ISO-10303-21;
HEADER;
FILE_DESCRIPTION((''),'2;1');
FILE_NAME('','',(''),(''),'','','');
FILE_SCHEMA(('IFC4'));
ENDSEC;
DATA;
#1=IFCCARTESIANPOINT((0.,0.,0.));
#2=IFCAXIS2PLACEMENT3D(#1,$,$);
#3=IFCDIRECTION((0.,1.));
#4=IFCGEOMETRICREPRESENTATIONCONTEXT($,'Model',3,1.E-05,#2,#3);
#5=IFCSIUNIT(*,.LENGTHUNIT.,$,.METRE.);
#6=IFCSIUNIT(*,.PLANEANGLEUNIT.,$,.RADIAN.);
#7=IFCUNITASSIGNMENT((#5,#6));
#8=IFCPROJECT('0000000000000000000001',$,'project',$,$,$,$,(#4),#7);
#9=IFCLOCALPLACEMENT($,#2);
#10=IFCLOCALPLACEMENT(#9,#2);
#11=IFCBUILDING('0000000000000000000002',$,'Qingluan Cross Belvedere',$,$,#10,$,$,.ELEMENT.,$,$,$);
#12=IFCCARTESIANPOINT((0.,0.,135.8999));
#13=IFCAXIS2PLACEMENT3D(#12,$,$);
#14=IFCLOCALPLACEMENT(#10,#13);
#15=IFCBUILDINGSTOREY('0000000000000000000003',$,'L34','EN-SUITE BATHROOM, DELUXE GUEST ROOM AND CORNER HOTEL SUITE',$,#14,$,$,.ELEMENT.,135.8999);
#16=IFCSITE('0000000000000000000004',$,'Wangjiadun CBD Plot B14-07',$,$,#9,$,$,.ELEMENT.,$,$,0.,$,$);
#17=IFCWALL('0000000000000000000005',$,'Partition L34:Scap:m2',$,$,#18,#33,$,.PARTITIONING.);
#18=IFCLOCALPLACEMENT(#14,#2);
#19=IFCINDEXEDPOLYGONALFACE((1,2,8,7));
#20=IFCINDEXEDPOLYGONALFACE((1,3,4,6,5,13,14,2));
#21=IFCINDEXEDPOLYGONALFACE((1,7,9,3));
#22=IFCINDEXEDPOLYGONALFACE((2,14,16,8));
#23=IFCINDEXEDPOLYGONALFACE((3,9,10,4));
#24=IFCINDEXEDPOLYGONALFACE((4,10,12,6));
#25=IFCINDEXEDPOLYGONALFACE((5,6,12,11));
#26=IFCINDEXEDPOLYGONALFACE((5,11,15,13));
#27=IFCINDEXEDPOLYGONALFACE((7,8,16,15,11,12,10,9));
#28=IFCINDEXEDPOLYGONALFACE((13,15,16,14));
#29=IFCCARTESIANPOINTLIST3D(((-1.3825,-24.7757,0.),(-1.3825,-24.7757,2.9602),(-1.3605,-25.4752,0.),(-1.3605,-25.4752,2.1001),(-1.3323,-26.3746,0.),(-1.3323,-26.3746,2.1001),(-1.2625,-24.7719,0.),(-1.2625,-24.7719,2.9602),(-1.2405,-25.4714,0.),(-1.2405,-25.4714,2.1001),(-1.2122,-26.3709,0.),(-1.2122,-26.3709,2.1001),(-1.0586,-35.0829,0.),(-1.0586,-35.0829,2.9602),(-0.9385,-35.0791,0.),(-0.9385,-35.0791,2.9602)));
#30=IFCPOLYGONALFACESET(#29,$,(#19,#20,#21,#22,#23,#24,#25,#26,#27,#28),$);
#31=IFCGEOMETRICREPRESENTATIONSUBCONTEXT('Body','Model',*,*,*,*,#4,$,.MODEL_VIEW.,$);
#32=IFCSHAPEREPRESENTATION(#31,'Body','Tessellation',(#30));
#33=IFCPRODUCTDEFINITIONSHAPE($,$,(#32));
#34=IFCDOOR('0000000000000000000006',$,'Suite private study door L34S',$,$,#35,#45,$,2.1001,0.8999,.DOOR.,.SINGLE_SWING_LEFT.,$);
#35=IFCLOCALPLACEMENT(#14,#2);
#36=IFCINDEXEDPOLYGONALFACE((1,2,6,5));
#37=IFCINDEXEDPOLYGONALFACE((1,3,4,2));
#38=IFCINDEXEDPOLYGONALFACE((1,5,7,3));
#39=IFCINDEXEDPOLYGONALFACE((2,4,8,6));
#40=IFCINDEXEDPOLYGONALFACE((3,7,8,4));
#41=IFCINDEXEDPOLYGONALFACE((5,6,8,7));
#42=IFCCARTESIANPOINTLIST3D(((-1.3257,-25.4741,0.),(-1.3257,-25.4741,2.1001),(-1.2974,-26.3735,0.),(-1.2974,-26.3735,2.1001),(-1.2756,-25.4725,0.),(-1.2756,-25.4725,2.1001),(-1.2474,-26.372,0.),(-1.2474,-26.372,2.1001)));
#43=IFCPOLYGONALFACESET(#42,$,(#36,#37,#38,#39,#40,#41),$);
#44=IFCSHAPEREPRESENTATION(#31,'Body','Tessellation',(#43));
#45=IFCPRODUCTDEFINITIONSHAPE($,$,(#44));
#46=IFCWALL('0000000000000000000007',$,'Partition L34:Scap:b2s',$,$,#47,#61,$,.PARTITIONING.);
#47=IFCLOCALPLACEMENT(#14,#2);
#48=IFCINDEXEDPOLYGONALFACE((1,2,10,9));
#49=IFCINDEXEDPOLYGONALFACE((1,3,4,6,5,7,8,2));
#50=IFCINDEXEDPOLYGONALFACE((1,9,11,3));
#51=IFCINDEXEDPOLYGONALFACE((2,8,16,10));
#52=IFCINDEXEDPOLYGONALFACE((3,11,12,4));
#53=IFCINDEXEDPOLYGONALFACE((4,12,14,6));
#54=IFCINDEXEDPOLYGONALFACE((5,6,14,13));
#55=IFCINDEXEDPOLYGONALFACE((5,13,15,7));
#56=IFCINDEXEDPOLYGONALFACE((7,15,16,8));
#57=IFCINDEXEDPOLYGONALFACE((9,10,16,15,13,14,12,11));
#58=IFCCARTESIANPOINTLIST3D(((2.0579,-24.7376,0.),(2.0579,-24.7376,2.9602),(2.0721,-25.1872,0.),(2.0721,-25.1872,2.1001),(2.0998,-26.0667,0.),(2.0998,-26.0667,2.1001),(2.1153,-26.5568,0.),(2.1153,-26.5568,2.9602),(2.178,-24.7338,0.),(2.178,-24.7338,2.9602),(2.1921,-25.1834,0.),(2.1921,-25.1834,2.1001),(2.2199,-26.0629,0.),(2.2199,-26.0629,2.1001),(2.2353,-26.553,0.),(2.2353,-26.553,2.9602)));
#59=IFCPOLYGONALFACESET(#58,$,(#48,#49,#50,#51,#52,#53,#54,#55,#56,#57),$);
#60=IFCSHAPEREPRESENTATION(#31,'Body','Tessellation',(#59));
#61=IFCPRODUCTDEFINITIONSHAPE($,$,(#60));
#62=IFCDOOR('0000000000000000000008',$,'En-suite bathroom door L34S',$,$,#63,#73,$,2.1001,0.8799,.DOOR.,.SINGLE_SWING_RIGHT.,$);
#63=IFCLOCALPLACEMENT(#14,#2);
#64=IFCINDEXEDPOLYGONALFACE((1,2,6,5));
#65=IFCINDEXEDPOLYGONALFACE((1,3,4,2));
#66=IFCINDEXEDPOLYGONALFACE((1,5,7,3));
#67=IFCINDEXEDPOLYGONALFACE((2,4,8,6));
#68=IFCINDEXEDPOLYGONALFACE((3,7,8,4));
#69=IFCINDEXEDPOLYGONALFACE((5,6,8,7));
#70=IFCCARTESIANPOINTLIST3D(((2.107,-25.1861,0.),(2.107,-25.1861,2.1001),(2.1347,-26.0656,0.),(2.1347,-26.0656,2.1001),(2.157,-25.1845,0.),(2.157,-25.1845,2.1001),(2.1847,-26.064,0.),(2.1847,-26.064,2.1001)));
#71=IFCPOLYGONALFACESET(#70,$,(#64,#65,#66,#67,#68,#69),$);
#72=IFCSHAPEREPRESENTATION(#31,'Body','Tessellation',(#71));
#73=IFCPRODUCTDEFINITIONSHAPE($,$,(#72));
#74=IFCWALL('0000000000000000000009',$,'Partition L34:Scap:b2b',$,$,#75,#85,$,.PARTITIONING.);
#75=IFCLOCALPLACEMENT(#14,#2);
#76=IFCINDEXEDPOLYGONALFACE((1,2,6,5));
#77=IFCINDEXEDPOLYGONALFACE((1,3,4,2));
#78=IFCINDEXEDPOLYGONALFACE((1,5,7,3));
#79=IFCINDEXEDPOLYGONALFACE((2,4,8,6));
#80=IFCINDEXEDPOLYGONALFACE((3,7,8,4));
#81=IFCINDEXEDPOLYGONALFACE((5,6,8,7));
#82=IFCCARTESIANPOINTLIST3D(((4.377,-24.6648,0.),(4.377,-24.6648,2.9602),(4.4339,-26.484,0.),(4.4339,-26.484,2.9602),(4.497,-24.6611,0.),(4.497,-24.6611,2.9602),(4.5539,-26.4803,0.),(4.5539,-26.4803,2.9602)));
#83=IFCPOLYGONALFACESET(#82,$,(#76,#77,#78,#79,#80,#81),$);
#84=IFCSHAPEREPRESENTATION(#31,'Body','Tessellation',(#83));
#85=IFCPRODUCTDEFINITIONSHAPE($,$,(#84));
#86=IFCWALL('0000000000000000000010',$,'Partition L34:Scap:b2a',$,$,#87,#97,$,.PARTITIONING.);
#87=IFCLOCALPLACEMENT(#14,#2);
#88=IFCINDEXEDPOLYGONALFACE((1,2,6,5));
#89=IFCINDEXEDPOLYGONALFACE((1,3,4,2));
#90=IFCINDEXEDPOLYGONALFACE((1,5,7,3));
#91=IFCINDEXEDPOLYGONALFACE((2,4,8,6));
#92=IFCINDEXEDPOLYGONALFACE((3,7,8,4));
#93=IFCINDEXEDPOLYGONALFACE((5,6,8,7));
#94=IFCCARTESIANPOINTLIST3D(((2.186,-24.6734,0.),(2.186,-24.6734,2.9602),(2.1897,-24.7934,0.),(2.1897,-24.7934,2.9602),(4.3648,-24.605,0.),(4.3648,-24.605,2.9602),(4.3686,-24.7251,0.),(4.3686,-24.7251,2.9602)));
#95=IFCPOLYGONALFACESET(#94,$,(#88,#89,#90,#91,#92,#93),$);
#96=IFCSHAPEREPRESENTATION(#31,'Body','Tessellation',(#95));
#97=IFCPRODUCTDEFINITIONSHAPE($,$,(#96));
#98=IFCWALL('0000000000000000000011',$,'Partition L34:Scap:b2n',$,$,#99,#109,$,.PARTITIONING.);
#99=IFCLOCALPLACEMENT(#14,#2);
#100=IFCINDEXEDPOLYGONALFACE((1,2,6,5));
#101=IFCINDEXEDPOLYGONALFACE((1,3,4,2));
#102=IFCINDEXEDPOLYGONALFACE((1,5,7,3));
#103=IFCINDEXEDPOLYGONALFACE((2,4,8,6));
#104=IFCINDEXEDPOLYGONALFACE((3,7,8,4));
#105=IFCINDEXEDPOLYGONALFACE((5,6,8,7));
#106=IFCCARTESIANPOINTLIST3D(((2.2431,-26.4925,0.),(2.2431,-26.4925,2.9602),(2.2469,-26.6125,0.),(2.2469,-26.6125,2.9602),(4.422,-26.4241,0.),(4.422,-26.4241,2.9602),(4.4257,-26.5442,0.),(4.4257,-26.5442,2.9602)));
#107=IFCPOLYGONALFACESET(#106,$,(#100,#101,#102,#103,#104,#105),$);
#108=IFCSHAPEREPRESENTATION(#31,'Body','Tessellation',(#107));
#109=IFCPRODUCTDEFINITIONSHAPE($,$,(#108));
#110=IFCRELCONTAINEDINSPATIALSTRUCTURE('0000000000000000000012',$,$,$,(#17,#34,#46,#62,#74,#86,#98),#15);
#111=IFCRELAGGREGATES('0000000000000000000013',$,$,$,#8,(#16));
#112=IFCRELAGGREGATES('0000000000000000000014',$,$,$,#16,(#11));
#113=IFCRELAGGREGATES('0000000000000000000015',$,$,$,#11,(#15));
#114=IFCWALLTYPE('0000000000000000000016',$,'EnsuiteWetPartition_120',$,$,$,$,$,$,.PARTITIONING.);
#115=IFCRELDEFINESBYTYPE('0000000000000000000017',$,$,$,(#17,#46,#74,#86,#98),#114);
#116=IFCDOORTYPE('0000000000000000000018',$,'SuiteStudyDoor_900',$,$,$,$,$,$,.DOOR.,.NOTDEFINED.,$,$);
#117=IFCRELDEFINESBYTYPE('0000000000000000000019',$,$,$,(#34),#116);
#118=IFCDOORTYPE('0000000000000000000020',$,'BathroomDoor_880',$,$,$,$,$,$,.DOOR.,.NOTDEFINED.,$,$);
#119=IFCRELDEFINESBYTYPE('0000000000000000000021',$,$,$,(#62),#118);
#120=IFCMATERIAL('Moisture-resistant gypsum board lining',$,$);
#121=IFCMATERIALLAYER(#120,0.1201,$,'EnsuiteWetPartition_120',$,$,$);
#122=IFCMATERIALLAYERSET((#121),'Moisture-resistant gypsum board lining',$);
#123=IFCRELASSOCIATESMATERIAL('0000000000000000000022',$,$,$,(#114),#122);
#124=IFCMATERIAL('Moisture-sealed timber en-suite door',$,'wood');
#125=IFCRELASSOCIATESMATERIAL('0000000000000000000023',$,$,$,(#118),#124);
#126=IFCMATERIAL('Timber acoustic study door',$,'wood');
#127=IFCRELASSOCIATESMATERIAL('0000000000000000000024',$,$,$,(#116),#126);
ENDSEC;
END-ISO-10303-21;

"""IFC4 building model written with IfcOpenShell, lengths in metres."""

from ifc_helpers import new_model, si_unit, direction, frame, frame_2d, origin, place, context, subcontext, project, spatial, rectangle, extrude, material, layer, layer_set, type_object, element, fill, save


model = new_model("IFC4")

# Units and contexts
model_context = context("Model", 3, precision=1e-05, world=origin(), true_north=direction((0.0, 1.0)))
body_context = subcontext(model_context, "Body", "Model", "MODEL_VIEW")
ifc_project = project(units=[si_unit("LENGTHUNIT", "METRE"), si_unit("PLANEANGLEUNIT", "RADIAN")], contexts=[model_context])

# Site, building, storey
site_placement = place(None, origin())
site = spatial("IfcSite", under=ifc_project, at=site_placement, Name="Wangjiadun CBD Plot B14-07", CompositionType="ELEMENT", RefElevation=0.0)
building_placement = place(site_placement, origin())
building = spatial("IfcBuilding", under=site, at=building_placement, Name="Qingluan Cross Belvedere", CompositionType="ELEMENT")
storey_placement = place(building_placement, frame((0.0, 0.0, 135.8999)))
storey = spatial("IfcBuildingStorey", under=building, at=storey_placement, Name="L34", Description="EN-SUITE BATHROOM, DELUXE GUEST ROOM AND CORNER HOTEL SUITE", CompositionType="ELEMENT", Elevation=135.8999)

# Shared definitions
ifc_material_1 = material(Name="Moisture-resistant gypsum board lining")
ifc_layer_1 = layer(ifc_material_1, 0.1201, Name="EnsuiteWetPartition_120")
ifc_layer_set_1 = layer_set([ifc_layer_1], Name="Moisture-resistant gypsum board lining")
wall_type_1 = type_object("IfcWallType", Name="EnsuiteWetPartition_120", PredefinedType="PARTITIONING", material=ifc_layer_set_1)
ifc_material_2 = material(Name="Moisture-sealed timber en-suite door", Category="wood")
door_type_1 = type_object("IfcDoorType", Name="BathroomDoor_880", OperationType="NOTDEFINED", PredefinedType="DOOR", material=ifc_material_2)

# Walls, openings, doors
wall_1_placement = place(storey_placement, frame((-1.3225, -24.7737, 0.0), z_axis=(0.0, 0.0, 1.0), x_axis=(0.031417, -0.999506, 0.0)))
wall_1 = element("IfcWall", 1, at=wall_1_placement, inside=storey, type_object=wall_type_1, Name="Partition L34:Scap:m2", PredefinedType="PARTITIONING", context=body_context, shape_type="SweptSolid", body=[
    extrude(rectangle(XDim=10.3123, YDim=0.1201, at=frame_2d((5.1562, 0.0))), origin(), (0.0, 0.0, 1.0), 2.9602),
])
opening_1_placement = place(wall_1_placement, frame((0.7, 0.0, 0.0)))
opening_1 = element("IfcOpeningElement", 2, at=opening_1_placement, cuts=wall_1, PredefinedType="OPENING", context=body_context, shape_type="SweptSolid", body=[
    extrude(rectangle(XDim=0.8999, YDim=2.1001, at=frame_2d((0.45, 1.05))), frame((0.0, 0.0701, 0.0), z_axis=(0.0, -1.0, 0.0), x_axis=(1.0, 0.0, 0.0)), (0.0, 0.0, 1.0), 0.1401),
])
ifc_material_3 = material(Name="Timber acoustic study door", Category="wood")
door_type_2 = type_object("IfcDoorType", Name="SuiteStudyDoor_900", OperationType="NOTDEFINED", PredefinedType="DOOR", material=ifc_material_3)
door_1_placement = place(opening_1_placement, origin())
door_1 = element("IfcDoor", 3, at=door_1_placement, inside=storey, type_object=door_type_2, Name="Suite private study door L34S", OperationType="SINGLE_SWING_LEFT", OverallHeight=2.1001, OverallWidth=0.8999, PredefinedType="DOOR", context=body_context, shape_type="SweptSolid", body=[
    extrude(rectangle(XDim=0.8999, YDim=2.1001, at=frame_2d((0.45, 1.05))), frame((0.0, 0.0249, 0.0), z_axis=(0.0, -1.0, 0.0), x_axis=(1.0, 0.0, 0.0)), (0.0, 0.0, 1.0), 0.05),
])
fill(opening_1, door_1)
wall_2_placement = place(storey_placement, frame((2.1179, -24.7356, 0.0), z_axis=(0.0, 0.0, 1.0), x_axis=(0.031524, -0.999503, 0.0)))
wall_2 = element("IfcWall", 4, at=wall_2_placement, inside=storey, type_object=wall_type_1, Name="Partition L34:Scap:b2s", PredefinedType="PARTITIONING", context=body_context, shape_type="SweptSolid", body=[
    extrude(rectangle(XDim=1.8201, YDim=0.1201, at=frame_2d((0.9102, 0.0))), origin(), (0.0, 0.0, 1.0), 2.9602),
])
opening_2_placement = place(wall_2_placement, frame((0.45, 0.0, 0.0)))
opening_2 = element("IfcOpeningElement", 5, at=opening_2_placement, cuts=wall_2, PredefinedType="OPENING", context=body_context, shape_type="SweptSolid", body=[
    extrude(rectangle(XDim=0.8799, YDim=2.1001, at=frame_2d((0.4399, 1.05))), frame((0.0, 0.0701, 0.0), z_axis=(0.0, -1.0, 0.0), x_axis=(1.0, 0.0, 0.0)), (0.0, 0.0, 1.0), 0.1401),
])
door_2_placement = place(opening_2_placement, origin())
door_2 = element("IfcDoor", 6, at=door_2_placement, inside=storey, type_object=door_type_1, Name="En-suite bathroom door L34S", OperationType="SINGLE_SWING_RIGHT", OverallHeight=2.1001, OverallWidth=0.8799, PredefinedType="DOOR", context=body_context, shape_type="SweptSolid", body=[
    extrude(rectangle(XDim=0.8799, YDim=2.1001, at=frame_2d((0.4399, 1.05))), frame((0.0, 0.0249, 0.0), z_axis=(0.0, -1.0, 0.0), x_axis=(1.0, 0.0, 0.0)), (0.0, 0.0, 1.0), 0.05),
])
fill(opening_2, door_2)

# Walls
wall_3_placement = place(storey_placement, frame((4.437, -24.6628, 0.0), z_axis=(0.0, 0.0, 1.0), x_axis=(0.031256, -0.999511, 0.0)))
element("IfcWall", 7, at=wall_3_placement, inside=storey, type_object=wall_type_1, Name="Partition L34:Scap:b2b", PredefinedType="PARTITIONING", context=body_context, shape_type="SweptSolid", body=[
    extrude(rectangle(XDim=1.8201, YDim=0.1201, at=frame_2d((0.9102, 0.0))), origin(), (0.0, 0.0, 1.0), 2.9602),
])
for number, where, z_axis, x_axis, name in (
    (8, (2.188, -24.7334, 0.0), (0.0, 0.0, 1.0), (0.999508, 0.031357, 0.0), "Partition L34:Scap:b2a"),
    (9, (2.2451, -26.5525, 0.0), (0.0, 0.0, 1.0), (0.999508, 0.031357, 0.0), "Partition L34:Scap:b2n"),
):
    element("IfcWall", number, at=place(storey_placement, frame(where, z_axis=z_axis, x_axis=x_axis)), inside=storey, type_object=wall_type_1, Name=name, PredefinedType="PARTITIONING", context=body_context, shape_type="SweptSolid", body=[
        extrude(rectangle(XDim=2.1799, YDim=0.1201, at=frame_2d((1.0898, 0.0))), origin(), (0.0, 0.0, 1.0), 2.9602),
    ])

save(model, "model.ifc")
